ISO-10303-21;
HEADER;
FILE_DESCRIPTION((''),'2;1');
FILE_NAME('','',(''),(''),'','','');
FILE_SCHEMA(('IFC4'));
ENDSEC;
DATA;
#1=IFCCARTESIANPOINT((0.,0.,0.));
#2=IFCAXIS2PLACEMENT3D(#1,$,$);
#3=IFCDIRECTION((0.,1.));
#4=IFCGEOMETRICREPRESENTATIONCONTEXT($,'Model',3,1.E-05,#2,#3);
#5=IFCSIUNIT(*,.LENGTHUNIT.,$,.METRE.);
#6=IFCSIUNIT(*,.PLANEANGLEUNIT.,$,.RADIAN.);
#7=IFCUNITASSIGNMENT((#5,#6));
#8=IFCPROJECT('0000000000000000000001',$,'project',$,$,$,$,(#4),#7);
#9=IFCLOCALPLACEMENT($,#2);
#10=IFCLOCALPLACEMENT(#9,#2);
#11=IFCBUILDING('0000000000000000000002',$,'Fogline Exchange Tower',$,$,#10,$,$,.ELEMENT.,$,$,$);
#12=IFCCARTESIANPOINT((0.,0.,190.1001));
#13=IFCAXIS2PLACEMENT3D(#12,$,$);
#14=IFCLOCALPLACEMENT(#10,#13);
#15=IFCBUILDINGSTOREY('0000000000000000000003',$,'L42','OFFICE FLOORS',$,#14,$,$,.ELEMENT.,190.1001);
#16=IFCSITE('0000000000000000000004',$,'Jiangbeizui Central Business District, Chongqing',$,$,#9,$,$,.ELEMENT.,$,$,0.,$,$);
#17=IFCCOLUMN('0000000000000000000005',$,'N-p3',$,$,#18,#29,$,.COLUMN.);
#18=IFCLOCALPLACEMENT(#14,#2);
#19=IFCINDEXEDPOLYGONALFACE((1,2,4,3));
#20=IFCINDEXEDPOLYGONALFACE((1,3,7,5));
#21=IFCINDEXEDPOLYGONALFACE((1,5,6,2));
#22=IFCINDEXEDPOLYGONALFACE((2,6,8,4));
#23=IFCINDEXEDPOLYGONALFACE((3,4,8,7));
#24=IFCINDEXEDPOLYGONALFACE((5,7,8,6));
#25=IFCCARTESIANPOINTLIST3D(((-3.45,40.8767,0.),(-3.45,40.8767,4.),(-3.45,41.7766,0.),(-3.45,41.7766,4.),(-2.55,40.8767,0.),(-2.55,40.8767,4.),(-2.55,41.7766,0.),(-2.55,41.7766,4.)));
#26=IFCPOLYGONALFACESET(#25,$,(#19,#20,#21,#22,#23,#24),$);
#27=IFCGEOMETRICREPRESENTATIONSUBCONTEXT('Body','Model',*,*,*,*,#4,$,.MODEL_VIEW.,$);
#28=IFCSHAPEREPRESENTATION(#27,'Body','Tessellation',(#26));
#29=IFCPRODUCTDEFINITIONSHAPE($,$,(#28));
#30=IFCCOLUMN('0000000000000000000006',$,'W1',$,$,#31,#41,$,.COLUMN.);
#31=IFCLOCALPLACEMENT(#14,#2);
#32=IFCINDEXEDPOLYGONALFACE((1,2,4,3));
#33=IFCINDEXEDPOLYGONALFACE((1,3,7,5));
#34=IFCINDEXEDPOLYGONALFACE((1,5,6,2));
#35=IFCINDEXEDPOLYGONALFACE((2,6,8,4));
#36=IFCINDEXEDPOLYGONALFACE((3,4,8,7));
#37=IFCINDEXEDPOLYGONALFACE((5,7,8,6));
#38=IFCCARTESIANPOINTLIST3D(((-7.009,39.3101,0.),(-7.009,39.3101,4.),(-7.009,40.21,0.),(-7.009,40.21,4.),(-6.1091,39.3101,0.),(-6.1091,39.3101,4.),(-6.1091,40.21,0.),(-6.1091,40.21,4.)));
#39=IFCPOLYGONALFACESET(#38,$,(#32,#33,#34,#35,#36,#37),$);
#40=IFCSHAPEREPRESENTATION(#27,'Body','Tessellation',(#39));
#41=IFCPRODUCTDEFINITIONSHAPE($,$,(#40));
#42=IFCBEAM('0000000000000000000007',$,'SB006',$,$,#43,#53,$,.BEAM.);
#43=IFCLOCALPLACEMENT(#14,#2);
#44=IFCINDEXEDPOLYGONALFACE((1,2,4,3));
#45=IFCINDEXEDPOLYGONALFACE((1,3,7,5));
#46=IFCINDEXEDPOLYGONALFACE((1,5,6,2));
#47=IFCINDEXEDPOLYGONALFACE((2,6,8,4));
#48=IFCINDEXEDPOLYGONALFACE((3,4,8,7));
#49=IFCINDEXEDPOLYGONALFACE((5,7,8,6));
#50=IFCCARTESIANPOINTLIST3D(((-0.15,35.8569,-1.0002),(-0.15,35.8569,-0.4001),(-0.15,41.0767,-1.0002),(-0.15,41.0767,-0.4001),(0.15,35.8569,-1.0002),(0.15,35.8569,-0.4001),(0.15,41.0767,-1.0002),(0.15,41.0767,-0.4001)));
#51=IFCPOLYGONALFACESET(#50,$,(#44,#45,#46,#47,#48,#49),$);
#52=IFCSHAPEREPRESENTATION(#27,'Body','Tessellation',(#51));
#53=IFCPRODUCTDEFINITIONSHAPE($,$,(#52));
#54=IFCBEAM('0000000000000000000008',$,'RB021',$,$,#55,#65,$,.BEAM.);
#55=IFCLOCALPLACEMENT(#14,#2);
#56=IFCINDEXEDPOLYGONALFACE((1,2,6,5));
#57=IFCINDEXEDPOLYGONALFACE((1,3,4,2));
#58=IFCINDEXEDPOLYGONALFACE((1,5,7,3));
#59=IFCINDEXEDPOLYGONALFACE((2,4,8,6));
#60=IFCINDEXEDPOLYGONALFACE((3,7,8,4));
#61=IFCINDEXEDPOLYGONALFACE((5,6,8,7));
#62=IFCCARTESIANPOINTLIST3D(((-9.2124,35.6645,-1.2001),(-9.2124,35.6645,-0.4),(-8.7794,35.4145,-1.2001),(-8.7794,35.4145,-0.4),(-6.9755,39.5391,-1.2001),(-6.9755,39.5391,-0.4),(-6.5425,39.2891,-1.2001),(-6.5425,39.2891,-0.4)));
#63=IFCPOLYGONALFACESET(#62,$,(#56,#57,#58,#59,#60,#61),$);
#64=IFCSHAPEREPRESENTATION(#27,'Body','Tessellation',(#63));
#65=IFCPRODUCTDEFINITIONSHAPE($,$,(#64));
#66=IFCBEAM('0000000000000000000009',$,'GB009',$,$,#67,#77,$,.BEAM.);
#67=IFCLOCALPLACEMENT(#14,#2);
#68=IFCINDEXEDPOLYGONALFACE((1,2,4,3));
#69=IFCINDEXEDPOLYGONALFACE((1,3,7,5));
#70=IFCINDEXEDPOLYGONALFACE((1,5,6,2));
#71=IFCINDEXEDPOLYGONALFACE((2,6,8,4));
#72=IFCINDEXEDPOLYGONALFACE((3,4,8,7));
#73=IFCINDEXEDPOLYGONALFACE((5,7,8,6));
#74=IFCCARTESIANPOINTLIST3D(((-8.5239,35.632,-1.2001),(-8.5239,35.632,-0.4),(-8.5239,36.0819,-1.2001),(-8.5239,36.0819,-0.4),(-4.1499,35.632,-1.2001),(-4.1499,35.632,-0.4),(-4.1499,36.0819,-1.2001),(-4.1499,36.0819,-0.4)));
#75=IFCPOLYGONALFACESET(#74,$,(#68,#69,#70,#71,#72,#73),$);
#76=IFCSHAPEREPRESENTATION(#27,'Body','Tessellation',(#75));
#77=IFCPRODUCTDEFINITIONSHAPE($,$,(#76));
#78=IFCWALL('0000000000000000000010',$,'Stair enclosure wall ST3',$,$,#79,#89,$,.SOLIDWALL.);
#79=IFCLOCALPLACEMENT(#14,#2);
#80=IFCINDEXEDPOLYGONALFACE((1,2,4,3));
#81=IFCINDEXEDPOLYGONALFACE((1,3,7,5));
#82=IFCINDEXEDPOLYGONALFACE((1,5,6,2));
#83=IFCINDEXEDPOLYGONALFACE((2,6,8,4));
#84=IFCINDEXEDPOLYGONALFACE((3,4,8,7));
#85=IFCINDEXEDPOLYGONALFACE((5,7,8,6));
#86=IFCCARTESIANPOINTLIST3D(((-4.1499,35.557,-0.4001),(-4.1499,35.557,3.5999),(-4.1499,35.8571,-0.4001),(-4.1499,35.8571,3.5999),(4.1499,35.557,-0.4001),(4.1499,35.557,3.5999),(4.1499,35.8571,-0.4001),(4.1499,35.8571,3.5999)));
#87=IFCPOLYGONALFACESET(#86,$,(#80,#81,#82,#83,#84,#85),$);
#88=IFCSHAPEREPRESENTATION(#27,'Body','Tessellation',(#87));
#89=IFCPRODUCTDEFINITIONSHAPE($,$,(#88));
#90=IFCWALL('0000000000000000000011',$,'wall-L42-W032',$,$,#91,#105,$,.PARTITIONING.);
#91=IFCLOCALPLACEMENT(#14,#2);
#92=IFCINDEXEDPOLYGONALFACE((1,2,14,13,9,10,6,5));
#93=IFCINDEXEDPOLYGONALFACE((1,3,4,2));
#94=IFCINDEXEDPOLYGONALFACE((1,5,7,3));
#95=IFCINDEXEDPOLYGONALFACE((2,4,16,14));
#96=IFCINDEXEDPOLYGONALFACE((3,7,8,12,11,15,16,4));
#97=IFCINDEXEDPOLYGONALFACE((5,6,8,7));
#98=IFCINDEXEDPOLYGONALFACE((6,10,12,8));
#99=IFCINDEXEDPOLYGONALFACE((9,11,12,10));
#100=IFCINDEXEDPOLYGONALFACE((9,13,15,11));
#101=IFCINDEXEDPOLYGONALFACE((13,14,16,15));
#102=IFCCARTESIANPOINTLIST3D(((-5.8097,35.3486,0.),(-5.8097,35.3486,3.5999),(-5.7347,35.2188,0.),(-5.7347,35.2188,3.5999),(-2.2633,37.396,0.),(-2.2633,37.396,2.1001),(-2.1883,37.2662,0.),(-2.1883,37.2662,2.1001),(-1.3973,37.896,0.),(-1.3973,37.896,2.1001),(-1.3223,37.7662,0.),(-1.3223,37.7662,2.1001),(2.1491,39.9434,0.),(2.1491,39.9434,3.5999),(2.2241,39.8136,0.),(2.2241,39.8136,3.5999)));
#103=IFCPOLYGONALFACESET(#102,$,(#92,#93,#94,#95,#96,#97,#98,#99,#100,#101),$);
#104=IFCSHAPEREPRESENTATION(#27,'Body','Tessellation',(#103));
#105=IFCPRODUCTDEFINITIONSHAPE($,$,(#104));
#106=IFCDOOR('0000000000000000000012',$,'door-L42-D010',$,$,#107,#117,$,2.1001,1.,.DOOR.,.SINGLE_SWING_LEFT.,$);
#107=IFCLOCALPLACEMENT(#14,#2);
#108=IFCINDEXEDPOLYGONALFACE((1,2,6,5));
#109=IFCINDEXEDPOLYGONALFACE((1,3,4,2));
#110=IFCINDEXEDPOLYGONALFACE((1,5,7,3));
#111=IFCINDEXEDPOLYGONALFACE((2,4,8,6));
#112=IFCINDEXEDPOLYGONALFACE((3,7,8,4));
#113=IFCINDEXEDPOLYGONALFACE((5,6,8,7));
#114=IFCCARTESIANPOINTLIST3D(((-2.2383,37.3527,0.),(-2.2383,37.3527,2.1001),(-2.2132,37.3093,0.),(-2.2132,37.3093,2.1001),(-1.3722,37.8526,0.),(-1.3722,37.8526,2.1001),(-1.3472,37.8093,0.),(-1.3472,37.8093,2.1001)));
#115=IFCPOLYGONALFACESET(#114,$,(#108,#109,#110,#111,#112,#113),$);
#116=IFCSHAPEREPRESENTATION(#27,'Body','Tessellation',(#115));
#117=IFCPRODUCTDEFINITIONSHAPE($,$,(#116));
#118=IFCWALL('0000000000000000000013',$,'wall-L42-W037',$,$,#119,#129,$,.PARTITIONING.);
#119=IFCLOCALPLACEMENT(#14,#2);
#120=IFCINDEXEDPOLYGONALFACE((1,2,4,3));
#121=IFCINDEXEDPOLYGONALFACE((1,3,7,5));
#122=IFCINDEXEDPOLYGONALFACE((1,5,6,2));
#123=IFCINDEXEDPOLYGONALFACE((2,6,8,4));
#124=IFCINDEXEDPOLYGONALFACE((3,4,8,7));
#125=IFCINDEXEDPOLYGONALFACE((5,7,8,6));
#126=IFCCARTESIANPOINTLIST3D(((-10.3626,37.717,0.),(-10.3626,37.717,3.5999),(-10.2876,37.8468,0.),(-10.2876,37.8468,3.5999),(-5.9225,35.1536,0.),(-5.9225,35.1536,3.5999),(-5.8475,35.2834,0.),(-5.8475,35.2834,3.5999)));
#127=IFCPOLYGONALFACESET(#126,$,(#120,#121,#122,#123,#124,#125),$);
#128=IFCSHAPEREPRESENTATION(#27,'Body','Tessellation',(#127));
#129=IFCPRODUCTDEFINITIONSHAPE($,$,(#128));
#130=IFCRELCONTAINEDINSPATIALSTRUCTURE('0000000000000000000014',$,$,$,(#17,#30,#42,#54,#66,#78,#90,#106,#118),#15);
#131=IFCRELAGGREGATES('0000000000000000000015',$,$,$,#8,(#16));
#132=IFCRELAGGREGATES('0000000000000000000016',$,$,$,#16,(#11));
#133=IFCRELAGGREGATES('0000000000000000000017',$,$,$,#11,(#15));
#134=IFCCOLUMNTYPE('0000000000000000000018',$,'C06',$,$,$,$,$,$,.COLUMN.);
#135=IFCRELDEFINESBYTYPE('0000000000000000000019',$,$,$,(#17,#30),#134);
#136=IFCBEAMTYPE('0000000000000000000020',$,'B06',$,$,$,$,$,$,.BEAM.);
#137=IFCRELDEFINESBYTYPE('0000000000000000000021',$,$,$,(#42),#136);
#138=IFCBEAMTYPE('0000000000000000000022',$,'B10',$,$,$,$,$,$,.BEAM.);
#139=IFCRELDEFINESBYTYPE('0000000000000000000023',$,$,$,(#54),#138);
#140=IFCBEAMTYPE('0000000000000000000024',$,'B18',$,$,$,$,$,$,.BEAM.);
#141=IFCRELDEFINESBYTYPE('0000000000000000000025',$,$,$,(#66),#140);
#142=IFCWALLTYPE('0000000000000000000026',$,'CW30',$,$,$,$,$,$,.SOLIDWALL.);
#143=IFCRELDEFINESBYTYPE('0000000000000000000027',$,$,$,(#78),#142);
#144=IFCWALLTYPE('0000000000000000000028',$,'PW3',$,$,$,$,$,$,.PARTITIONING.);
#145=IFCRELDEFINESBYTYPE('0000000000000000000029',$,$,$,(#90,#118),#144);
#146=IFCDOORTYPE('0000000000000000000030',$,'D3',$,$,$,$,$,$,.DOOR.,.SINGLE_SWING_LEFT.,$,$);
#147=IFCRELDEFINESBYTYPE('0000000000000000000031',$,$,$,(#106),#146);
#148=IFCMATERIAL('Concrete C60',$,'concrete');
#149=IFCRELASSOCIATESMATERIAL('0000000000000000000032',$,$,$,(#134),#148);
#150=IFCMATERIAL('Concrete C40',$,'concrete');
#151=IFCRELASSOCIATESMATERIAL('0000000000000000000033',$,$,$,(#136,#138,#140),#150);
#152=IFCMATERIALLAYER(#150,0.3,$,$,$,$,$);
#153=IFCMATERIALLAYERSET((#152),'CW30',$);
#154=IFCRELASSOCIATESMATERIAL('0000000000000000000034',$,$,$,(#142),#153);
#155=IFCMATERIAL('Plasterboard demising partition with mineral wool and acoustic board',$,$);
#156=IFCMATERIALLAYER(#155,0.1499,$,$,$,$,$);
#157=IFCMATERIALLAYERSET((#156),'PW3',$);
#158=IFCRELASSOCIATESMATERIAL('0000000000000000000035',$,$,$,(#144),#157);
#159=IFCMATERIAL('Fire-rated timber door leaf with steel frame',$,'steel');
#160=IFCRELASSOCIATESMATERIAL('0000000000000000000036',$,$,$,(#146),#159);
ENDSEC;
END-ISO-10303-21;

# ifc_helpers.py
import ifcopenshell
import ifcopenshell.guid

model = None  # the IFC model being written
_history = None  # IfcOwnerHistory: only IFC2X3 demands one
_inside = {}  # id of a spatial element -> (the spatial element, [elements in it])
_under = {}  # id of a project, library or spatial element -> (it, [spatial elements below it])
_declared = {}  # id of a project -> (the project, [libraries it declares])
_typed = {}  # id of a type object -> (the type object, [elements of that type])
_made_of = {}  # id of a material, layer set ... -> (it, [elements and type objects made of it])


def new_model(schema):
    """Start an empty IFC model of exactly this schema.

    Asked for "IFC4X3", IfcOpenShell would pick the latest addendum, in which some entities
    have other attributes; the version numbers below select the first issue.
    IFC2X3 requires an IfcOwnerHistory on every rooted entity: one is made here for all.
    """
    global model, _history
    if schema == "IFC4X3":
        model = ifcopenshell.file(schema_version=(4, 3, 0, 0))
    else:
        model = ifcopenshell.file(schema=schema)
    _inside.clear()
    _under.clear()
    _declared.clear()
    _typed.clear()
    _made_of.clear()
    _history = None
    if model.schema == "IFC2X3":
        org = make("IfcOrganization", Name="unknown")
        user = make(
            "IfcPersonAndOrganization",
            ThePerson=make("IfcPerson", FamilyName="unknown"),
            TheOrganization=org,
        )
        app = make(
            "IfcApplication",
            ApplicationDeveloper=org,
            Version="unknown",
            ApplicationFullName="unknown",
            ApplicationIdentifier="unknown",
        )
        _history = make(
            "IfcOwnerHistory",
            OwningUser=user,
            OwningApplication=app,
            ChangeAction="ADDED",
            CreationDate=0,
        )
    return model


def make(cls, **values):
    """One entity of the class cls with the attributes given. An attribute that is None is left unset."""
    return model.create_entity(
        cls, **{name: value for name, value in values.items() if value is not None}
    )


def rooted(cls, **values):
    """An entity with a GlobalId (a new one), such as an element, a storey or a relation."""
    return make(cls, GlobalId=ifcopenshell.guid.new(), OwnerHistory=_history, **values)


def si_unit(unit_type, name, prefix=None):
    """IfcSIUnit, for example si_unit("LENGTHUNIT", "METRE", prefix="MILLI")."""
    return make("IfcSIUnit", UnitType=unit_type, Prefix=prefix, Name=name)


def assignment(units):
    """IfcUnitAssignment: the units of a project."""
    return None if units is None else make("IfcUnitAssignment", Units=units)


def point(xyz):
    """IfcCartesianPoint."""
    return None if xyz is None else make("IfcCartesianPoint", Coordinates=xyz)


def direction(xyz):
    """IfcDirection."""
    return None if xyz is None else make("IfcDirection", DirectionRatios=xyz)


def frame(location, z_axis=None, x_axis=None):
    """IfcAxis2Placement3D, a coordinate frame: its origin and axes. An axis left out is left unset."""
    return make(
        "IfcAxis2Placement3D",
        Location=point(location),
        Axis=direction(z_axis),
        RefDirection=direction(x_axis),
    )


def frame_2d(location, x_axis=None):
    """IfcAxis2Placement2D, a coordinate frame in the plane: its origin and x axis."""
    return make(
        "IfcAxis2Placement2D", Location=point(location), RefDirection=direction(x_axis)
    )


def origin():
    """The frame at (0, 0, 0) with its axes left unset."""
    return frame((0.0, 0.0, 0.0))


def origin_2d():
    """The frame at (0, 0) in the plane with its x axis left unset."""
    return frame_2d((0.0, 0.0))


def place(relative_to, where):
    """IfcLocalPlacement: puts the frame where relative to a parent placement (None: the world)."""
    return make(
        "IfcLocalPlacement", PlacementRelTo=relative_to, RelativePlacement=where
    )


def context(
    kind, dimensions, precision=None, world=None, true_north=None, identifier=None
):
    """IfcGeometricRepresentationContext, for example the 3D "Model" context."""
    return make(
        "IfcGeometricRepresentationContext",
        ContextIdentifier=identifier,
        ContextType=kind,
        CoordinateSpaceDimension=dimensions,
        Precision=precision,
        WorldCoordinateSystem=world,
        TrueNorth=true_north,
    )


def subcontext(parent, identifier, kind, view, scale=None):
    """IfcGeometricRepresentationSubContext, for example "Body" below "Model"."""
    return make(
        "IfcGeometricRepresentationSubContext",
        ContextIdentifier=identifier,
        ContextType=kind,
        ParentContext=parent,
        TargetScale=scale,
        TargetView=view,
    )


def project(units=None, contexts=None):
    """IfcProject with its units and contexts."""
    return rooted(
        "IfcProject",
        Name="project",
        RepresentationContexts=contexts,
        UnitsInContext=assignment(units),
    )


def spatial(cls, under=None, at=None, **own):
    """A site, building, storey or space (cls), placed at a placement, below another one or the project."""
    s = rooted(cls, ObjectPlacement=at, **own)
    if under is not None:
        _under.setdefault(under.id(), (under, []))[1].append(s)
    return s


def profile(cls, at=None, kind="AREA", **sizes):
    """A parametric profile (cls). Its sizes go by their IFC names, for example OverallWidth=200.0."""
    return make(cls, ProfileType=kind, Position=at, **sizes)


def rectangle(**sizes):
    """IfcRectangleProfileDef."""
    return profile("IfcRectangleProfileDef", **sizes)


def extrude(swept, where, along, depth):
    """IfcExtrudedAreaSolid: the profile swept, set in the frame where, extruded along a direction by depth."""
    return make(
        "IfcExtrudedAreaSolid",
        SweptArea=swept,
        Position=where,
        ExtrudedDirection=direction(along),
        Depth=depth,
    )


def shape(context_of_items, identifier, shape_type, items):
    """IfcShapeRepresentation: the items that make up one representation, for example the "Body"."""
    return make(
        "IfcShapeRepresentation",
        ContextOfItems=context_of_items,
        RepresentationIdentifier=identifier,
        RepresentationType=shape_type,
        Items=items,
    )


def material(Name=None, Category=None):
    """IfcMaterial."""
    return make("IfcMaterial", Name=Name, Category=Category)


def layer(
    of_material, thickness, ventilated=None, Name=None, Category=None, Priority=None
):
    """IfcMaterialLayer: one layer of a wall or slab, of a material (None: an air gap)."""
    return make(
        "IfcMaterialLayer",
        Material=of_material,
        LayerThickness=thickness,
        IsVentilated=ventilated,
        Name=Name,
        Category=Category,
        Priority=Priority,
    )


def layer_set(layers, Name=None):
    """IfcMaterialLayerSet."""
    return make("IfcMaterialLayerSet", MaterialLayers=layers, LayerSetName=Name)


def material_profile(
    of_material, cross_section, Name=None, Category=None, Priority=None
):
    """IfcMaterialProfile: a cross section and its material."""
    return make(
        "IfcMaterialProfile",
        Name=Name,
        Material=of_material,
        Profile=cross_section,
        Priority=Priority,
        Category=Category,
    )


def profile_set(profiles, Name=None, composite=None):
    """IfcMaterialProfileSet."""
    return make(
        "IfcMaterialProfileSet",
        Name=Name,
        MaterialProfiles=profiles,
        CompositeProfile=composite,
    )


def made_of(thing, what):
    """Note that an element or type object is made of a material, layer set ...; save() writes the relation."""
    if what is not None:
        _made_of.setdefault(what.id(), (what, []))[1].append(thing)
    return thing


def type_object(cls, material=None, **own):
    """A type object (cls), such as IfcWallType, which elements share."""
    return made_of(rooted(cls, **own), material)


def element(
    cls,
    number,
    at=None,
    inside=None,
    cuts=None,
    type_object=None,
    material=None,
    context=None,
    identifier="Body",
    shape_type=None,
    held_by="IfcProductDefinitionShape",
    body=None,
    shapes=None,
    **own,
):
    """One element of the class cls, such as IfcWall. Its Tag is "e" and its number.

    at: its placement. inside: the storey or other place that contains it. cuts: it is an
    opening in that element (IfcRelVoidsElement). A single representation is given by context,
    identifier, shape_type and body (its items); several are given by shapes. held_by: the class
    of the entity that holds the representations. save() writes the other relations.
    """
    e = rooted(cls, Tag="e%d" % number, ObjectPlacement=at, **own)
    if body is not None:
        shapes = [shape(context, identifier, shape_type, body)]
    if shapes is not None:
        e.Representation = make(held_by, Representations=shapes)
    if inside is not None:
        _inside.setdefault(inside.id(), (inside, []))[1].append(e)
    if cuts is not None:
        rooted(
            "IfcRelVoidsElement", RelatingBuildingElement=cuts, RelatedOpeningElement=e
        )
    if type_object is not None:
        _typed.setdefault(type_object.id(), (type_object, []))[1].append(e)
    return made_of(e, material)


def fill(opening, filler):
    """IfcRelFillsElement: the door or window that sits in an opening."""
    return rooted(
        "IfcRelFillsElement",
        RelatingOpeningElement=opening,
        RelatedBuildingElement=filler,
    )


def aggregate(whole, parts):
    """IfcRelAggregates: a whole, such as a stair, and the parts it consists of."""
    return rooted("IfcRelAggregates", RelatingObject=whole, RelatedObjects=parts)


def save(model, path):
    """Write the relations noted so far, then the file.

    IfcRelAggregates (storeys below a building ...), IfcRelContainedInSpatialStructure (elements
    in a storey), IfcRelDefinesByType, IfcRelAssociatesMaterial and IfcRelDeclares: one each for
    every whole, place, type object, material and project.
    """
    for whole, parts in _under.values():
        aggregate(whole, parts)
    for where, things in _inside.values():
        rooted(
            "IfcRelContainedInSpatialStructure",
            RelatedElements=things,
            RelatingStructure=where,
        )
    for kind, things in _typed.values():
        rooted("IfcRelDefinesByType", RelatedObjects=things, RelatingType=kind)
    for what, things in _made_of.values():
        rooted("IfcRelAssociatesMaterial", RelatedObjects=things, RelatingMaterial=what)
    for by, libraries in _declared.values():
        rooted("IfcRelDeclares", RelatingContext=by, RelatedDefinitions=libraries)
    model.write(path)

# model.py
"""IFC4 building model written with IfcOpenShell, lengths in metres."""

from ifc_helpers import new_model, si_unit, direction, frame, frame_2d, origin, origin_2d, place, context, subcontext, project, spatial, rectangle, extrude, material, layer, layer_set, material_profile, profile_set, type_object, element, fill, save


model = new_model("IFC4")

# Units and contexts
model_context = context("Model", 3, precision=1e-05, world=origin(), true_north=direction((0.0, 1.0)))
body_context = subcontext(model_context, "Body", "Model", "MODEL_VIEW")
ifc_project = project(units=[si_unit("LENGTHUNIT", "METRE"), si_unit("PLANEANGLEUNIT", "RADIAN")], contexts=[model_context])

# Site, building, storey
site_placement = place(None, origin())
site = spatial("IfcSite", under=ifc_project, at=site_placement, Name="Jiangbeizui Central Business District, Chongqing", CompositionType="ELEMENT", RefElevation=0.0)
building_placement = place(site_placement, origin())
building = spatial("IfcBuilding", under=site, at=building_placement, Name="Fogline Exchange Tower", CompositionType="ELEMENT")
storey_placement = place(building_placement, frame((0.0, 0.0, 190.1001)))
storey = spatial("IfcBuildingStorey", under=building, at=storey_placement, Name="L42", Description="OFFICE FLOORS", CompositionType="ELEMENT", Elevation=190.1001)

# Columns
ifc_material_1 = material(Name="Concrete C60", Category="concrete")
ifc_material_profile_1 = material_profile(ifc_material_1, rectangle(XDim=0.8999, YDim=0.8999, at=origin_2d()), Name="RC 900x900")
ifc_profile_set_1 = profile_set([ifc_material_profile_1], Name="Concrete C60")
column_type = type_object("IfcColumnType", Name="C06", PredefinedType="COLUMN", material=ifc_profile_set_1)
for number, where, z_axis, x_axis, name in (
    (1, (-3.0, 41.3267, 0.0), (0.0, 0.0, 1.0), (1.0, 0.0, 0.0), "N-p3"),
    (2, (-6.5591, 39.76, 0.0), (0.0, 0.0, 1.0), (1.0, 0.0, 0.0), "W1"),
):
    element("IfcColumn", number, at=place(storey_placement, frame(where, z_axis=z_axis, x_axis=x_axis)), inside=storey, type_object=column_type, Name=name, PredefinedType="COLUMN", context=body_context, shape_type="SweptSolid", body=[
        extrude(rectangle(XDim=0.8999, YDim=0.8999, at=origin_2d()), origin(), (0.0, 0.0, 1.0), 4.0),
    ])

# Beams
ifc_material_2 = material(Name="Concrete C40", Category="concrete")
ifc_material_profile_2 = material_profile(ifc_material_2, rectangle(XDim=0.3, YDim=0.6001, at=origin_2d()), Name="RC 300x600")
ifc_profile_set_2 = profile_set([ifc_material_profile_2], Name="Concrete C40")
beam_type_1 = type_object("IfcBeamType", Name="B06", PredefinedType="BEAM", material=ifc_profile_set_2)
beam_1_placement = place(storey_placement, frame((0.0, 35.8569, -0.7002), z_axis=(0.0, 1.0, 0.0), x_axis=(-1.0, 0.0, 0.0)))
element("IfcBeam", 3, at=beam_1_placement, inside=storey, type_object=beam_type_1, Name="SB006", PredefinedType="BEAM", context=body_context, shape_type="SweptSolid", body=[
    extrude(rectangle(XDim=0.3, YDim=0.6001, at=origin_2d()), origin(), (0.0, 0.0, 1.0), 5.2197),
])
ifc_material_profile_3 = material_profile(ifc_material_2, rectangle(XDim=0.5, YDim=0.8, at=origin_2d()), Name="RC 500x800")
ifc_profile_set_3 = profile_set([ifc_material_profile_3], Name="Concrete C40")
beam_type_2 = type_object("IfcBeamType", Name="B10", PredefinedType="BEAM", material=ifc_profile_set_3)
beam_2_placement = place(storey_placement, frame((-6.759, 39.4141, -0.8), z_axis=(-0.499978, -0.866038, 0.0), x_axis=(0.866038, -0.499978, 0.0)))
element("IfcBeam", 4, at=beam_2_placement, inside=storey, type_object=beam_type_2, Name="RB021", PredefinedType="BEAM", context=body_context, shape_type="SweptSolid", body=[
    extrude(rectangle(XDim=0.5, YDim=0.8, at=origin_2d()), origin(), (0.0, 0.0, 1.0), 4.4739),
])
ifc_material_profile_4 = material_profile(ifc_material_2, rectangle(XDim=0.45, YDim=0.8, at=origin_2d()), Name="RC 450x800")
ifc_profile_set_4 = profile_set([ifc_material_profile_4], Name="Concrete C40")
beam_type_3 = type_object("IfcBeamType", Name="B18", PredefinedType="BEAM", material=ifc_profile_set_4)
beam_3_placement = place(storey_placement, frame((-8.5239, 35.8569, -0.8), z_axis=(1.0, 0.0, 0.0), x_axis=(0.0, 1.0, 0.0)))
element("IfcBeam", 5, at=beam_3_placement, inside=storey, type_object=beam_type_3, Name="GB009", PredefinedType="BEAM", context=body_context, shape_type="SweptSolid", body=[
    extrude(rectangle(XDim=0.45, YDim=0.8, at=origin_2d()), origin(), (0.0, 0.0, 1.0), 4.374),
])

# Wall
ifc_layer_1 = layer(ifc_material_2, 0.3)
ifc_layer_set_1 = layer_set([ifc_layer_1], Name="CW30")
wall_type_1 = type_object("IfcWallType", Name="CW30", PredefinedType="SOLIDWALL", material=ifc_layer_set_1)
wall_1_placement = place(storey_placement, frame((-4.1499, 35.707, -0.4001), z_axis=(0.0, 0.0, 1.0), x_axis=(1.0, 0.0, 0.0)))
element("IfcWall", 6, at=wall_1_placement, inside=storey, type_object=wall_type_1, Name="Stair enclosure wall ST3", PredefinedType="SOLIDWALL", context=body_context, shape_type="SweptSolid", body=[
    extrude(rectangle(XDim=8.2998, YDim=0.3, at=frame_2d((4.1499, 0.0))), origin(), (0.0, 0.0, 1.0), 4.0),
])

# Wall, opening, door
ifc_material_3 = material(Name="Plasterboard demising partition with mineral wool and acoustic board")
ifc_layer_2 = layer(ifc_material_3, 0.1499)
ifc_layer_set_2 = layer_set([ifc_layer_2], Name="PW3")
wall_type_2 = type_object("IfcWallType", Name="PW3", PredefinedType="PARTITIONING", material=ifc_layer_set_2)
wall_2_placement = place(storey_placement, frame((-5.7722, 35.2837, 0.0), z_axis=(0.0, 0.0, 1.0), x_axis=(0.866037, 0.499979, 0.0)))
wall_2 = element("IfcWall", 7, at=wall_2_placement, inside=storey, type_object=wall_type_2, Name="wall-L42-W032", PredefinedType="PARTITIONING", context=body_context, shape_type="SweptSolid", body=[
    extrude(rectangle(XDim=9.1899, YDim=0.1499, at=frame_2d((4.595, 0.0))), origin(), (0.0, 0.0, 1.0), 3.5999),
])
opening_placement = place(wall_2_placement, frame((4.095, 0.0, 0.0)))
opening = element("IfcOpeningElement", 8, at=opening_placement, cuts=wall_2, PredefinedType="OPENING", context=body_context, shape_type="SweptSolid", body=[
    extrude(rectangle(XDim=1.0, YDim=2.1001, at=frame_2d((0.5, 1.05))), frame((0.0, 0.085, 0.0), z_axis=(0.0, -1.0, 0.0), x_axis=(1.0, 0.0, 0.0)), (0.0, 0.0, 1.0), 0.1699),
])
ifc_material_4 = material(Name="Fire-rated timber door leaf with steel frame", Category="steel")
door_type = type_object("IfcDoorType", Name="D3", OperationType="SINGLE_SWING_LEFT", PredefinedType="DOOR", material=ifc_material_4)
door_placement = place(opening_placement, origin())
door = element("IfcDoor", 9, at=door_placement, inside=storey, type_object=door_type, Name="door-L42-D010", OperationType="SINGLE_SWING_LEFT", OverallHeight=2.1001, OverallWidth=1.0, PredefinedType="DOOR", context=body_context, shape_type="SweptSolid", body=[
    extrude(rectangle(XDim=1.0, YDim=2.1001, at=frame_2d((0.5, 1.05))), frame((0.0, 0.0249, 0.0), z_axis=(0.0, -1.0, 0.0), x_axis=(1.0, 0.0, 0.0)), (0.0, 0.0, 1.0), 0.05),
])
fill(opening, door)

# Wall
wall_3_placement = place(storey_placement, frame((-5.885, 35.2185, 0.0), z_axis=(0.0, 0.0, 1.0), x_axis=(-0.866031, 0.49999, 0.0)))
element("IfcWall", 10, at=wall_3_placement, inside=storey, type_object=wall_type_2, Name="wall-L42-W037", PredefinedType="PARTITIONING", context=body_context, shape_type="SweptSolid", body=[
    extrude(rectangle(XDim=5.127, YDim=0.1499, at=frame_2d((2.5635, 0.0))), origin(), (0.0, 0.0, 1.0), 3.5999),
])

save(model, "model.ifc")
